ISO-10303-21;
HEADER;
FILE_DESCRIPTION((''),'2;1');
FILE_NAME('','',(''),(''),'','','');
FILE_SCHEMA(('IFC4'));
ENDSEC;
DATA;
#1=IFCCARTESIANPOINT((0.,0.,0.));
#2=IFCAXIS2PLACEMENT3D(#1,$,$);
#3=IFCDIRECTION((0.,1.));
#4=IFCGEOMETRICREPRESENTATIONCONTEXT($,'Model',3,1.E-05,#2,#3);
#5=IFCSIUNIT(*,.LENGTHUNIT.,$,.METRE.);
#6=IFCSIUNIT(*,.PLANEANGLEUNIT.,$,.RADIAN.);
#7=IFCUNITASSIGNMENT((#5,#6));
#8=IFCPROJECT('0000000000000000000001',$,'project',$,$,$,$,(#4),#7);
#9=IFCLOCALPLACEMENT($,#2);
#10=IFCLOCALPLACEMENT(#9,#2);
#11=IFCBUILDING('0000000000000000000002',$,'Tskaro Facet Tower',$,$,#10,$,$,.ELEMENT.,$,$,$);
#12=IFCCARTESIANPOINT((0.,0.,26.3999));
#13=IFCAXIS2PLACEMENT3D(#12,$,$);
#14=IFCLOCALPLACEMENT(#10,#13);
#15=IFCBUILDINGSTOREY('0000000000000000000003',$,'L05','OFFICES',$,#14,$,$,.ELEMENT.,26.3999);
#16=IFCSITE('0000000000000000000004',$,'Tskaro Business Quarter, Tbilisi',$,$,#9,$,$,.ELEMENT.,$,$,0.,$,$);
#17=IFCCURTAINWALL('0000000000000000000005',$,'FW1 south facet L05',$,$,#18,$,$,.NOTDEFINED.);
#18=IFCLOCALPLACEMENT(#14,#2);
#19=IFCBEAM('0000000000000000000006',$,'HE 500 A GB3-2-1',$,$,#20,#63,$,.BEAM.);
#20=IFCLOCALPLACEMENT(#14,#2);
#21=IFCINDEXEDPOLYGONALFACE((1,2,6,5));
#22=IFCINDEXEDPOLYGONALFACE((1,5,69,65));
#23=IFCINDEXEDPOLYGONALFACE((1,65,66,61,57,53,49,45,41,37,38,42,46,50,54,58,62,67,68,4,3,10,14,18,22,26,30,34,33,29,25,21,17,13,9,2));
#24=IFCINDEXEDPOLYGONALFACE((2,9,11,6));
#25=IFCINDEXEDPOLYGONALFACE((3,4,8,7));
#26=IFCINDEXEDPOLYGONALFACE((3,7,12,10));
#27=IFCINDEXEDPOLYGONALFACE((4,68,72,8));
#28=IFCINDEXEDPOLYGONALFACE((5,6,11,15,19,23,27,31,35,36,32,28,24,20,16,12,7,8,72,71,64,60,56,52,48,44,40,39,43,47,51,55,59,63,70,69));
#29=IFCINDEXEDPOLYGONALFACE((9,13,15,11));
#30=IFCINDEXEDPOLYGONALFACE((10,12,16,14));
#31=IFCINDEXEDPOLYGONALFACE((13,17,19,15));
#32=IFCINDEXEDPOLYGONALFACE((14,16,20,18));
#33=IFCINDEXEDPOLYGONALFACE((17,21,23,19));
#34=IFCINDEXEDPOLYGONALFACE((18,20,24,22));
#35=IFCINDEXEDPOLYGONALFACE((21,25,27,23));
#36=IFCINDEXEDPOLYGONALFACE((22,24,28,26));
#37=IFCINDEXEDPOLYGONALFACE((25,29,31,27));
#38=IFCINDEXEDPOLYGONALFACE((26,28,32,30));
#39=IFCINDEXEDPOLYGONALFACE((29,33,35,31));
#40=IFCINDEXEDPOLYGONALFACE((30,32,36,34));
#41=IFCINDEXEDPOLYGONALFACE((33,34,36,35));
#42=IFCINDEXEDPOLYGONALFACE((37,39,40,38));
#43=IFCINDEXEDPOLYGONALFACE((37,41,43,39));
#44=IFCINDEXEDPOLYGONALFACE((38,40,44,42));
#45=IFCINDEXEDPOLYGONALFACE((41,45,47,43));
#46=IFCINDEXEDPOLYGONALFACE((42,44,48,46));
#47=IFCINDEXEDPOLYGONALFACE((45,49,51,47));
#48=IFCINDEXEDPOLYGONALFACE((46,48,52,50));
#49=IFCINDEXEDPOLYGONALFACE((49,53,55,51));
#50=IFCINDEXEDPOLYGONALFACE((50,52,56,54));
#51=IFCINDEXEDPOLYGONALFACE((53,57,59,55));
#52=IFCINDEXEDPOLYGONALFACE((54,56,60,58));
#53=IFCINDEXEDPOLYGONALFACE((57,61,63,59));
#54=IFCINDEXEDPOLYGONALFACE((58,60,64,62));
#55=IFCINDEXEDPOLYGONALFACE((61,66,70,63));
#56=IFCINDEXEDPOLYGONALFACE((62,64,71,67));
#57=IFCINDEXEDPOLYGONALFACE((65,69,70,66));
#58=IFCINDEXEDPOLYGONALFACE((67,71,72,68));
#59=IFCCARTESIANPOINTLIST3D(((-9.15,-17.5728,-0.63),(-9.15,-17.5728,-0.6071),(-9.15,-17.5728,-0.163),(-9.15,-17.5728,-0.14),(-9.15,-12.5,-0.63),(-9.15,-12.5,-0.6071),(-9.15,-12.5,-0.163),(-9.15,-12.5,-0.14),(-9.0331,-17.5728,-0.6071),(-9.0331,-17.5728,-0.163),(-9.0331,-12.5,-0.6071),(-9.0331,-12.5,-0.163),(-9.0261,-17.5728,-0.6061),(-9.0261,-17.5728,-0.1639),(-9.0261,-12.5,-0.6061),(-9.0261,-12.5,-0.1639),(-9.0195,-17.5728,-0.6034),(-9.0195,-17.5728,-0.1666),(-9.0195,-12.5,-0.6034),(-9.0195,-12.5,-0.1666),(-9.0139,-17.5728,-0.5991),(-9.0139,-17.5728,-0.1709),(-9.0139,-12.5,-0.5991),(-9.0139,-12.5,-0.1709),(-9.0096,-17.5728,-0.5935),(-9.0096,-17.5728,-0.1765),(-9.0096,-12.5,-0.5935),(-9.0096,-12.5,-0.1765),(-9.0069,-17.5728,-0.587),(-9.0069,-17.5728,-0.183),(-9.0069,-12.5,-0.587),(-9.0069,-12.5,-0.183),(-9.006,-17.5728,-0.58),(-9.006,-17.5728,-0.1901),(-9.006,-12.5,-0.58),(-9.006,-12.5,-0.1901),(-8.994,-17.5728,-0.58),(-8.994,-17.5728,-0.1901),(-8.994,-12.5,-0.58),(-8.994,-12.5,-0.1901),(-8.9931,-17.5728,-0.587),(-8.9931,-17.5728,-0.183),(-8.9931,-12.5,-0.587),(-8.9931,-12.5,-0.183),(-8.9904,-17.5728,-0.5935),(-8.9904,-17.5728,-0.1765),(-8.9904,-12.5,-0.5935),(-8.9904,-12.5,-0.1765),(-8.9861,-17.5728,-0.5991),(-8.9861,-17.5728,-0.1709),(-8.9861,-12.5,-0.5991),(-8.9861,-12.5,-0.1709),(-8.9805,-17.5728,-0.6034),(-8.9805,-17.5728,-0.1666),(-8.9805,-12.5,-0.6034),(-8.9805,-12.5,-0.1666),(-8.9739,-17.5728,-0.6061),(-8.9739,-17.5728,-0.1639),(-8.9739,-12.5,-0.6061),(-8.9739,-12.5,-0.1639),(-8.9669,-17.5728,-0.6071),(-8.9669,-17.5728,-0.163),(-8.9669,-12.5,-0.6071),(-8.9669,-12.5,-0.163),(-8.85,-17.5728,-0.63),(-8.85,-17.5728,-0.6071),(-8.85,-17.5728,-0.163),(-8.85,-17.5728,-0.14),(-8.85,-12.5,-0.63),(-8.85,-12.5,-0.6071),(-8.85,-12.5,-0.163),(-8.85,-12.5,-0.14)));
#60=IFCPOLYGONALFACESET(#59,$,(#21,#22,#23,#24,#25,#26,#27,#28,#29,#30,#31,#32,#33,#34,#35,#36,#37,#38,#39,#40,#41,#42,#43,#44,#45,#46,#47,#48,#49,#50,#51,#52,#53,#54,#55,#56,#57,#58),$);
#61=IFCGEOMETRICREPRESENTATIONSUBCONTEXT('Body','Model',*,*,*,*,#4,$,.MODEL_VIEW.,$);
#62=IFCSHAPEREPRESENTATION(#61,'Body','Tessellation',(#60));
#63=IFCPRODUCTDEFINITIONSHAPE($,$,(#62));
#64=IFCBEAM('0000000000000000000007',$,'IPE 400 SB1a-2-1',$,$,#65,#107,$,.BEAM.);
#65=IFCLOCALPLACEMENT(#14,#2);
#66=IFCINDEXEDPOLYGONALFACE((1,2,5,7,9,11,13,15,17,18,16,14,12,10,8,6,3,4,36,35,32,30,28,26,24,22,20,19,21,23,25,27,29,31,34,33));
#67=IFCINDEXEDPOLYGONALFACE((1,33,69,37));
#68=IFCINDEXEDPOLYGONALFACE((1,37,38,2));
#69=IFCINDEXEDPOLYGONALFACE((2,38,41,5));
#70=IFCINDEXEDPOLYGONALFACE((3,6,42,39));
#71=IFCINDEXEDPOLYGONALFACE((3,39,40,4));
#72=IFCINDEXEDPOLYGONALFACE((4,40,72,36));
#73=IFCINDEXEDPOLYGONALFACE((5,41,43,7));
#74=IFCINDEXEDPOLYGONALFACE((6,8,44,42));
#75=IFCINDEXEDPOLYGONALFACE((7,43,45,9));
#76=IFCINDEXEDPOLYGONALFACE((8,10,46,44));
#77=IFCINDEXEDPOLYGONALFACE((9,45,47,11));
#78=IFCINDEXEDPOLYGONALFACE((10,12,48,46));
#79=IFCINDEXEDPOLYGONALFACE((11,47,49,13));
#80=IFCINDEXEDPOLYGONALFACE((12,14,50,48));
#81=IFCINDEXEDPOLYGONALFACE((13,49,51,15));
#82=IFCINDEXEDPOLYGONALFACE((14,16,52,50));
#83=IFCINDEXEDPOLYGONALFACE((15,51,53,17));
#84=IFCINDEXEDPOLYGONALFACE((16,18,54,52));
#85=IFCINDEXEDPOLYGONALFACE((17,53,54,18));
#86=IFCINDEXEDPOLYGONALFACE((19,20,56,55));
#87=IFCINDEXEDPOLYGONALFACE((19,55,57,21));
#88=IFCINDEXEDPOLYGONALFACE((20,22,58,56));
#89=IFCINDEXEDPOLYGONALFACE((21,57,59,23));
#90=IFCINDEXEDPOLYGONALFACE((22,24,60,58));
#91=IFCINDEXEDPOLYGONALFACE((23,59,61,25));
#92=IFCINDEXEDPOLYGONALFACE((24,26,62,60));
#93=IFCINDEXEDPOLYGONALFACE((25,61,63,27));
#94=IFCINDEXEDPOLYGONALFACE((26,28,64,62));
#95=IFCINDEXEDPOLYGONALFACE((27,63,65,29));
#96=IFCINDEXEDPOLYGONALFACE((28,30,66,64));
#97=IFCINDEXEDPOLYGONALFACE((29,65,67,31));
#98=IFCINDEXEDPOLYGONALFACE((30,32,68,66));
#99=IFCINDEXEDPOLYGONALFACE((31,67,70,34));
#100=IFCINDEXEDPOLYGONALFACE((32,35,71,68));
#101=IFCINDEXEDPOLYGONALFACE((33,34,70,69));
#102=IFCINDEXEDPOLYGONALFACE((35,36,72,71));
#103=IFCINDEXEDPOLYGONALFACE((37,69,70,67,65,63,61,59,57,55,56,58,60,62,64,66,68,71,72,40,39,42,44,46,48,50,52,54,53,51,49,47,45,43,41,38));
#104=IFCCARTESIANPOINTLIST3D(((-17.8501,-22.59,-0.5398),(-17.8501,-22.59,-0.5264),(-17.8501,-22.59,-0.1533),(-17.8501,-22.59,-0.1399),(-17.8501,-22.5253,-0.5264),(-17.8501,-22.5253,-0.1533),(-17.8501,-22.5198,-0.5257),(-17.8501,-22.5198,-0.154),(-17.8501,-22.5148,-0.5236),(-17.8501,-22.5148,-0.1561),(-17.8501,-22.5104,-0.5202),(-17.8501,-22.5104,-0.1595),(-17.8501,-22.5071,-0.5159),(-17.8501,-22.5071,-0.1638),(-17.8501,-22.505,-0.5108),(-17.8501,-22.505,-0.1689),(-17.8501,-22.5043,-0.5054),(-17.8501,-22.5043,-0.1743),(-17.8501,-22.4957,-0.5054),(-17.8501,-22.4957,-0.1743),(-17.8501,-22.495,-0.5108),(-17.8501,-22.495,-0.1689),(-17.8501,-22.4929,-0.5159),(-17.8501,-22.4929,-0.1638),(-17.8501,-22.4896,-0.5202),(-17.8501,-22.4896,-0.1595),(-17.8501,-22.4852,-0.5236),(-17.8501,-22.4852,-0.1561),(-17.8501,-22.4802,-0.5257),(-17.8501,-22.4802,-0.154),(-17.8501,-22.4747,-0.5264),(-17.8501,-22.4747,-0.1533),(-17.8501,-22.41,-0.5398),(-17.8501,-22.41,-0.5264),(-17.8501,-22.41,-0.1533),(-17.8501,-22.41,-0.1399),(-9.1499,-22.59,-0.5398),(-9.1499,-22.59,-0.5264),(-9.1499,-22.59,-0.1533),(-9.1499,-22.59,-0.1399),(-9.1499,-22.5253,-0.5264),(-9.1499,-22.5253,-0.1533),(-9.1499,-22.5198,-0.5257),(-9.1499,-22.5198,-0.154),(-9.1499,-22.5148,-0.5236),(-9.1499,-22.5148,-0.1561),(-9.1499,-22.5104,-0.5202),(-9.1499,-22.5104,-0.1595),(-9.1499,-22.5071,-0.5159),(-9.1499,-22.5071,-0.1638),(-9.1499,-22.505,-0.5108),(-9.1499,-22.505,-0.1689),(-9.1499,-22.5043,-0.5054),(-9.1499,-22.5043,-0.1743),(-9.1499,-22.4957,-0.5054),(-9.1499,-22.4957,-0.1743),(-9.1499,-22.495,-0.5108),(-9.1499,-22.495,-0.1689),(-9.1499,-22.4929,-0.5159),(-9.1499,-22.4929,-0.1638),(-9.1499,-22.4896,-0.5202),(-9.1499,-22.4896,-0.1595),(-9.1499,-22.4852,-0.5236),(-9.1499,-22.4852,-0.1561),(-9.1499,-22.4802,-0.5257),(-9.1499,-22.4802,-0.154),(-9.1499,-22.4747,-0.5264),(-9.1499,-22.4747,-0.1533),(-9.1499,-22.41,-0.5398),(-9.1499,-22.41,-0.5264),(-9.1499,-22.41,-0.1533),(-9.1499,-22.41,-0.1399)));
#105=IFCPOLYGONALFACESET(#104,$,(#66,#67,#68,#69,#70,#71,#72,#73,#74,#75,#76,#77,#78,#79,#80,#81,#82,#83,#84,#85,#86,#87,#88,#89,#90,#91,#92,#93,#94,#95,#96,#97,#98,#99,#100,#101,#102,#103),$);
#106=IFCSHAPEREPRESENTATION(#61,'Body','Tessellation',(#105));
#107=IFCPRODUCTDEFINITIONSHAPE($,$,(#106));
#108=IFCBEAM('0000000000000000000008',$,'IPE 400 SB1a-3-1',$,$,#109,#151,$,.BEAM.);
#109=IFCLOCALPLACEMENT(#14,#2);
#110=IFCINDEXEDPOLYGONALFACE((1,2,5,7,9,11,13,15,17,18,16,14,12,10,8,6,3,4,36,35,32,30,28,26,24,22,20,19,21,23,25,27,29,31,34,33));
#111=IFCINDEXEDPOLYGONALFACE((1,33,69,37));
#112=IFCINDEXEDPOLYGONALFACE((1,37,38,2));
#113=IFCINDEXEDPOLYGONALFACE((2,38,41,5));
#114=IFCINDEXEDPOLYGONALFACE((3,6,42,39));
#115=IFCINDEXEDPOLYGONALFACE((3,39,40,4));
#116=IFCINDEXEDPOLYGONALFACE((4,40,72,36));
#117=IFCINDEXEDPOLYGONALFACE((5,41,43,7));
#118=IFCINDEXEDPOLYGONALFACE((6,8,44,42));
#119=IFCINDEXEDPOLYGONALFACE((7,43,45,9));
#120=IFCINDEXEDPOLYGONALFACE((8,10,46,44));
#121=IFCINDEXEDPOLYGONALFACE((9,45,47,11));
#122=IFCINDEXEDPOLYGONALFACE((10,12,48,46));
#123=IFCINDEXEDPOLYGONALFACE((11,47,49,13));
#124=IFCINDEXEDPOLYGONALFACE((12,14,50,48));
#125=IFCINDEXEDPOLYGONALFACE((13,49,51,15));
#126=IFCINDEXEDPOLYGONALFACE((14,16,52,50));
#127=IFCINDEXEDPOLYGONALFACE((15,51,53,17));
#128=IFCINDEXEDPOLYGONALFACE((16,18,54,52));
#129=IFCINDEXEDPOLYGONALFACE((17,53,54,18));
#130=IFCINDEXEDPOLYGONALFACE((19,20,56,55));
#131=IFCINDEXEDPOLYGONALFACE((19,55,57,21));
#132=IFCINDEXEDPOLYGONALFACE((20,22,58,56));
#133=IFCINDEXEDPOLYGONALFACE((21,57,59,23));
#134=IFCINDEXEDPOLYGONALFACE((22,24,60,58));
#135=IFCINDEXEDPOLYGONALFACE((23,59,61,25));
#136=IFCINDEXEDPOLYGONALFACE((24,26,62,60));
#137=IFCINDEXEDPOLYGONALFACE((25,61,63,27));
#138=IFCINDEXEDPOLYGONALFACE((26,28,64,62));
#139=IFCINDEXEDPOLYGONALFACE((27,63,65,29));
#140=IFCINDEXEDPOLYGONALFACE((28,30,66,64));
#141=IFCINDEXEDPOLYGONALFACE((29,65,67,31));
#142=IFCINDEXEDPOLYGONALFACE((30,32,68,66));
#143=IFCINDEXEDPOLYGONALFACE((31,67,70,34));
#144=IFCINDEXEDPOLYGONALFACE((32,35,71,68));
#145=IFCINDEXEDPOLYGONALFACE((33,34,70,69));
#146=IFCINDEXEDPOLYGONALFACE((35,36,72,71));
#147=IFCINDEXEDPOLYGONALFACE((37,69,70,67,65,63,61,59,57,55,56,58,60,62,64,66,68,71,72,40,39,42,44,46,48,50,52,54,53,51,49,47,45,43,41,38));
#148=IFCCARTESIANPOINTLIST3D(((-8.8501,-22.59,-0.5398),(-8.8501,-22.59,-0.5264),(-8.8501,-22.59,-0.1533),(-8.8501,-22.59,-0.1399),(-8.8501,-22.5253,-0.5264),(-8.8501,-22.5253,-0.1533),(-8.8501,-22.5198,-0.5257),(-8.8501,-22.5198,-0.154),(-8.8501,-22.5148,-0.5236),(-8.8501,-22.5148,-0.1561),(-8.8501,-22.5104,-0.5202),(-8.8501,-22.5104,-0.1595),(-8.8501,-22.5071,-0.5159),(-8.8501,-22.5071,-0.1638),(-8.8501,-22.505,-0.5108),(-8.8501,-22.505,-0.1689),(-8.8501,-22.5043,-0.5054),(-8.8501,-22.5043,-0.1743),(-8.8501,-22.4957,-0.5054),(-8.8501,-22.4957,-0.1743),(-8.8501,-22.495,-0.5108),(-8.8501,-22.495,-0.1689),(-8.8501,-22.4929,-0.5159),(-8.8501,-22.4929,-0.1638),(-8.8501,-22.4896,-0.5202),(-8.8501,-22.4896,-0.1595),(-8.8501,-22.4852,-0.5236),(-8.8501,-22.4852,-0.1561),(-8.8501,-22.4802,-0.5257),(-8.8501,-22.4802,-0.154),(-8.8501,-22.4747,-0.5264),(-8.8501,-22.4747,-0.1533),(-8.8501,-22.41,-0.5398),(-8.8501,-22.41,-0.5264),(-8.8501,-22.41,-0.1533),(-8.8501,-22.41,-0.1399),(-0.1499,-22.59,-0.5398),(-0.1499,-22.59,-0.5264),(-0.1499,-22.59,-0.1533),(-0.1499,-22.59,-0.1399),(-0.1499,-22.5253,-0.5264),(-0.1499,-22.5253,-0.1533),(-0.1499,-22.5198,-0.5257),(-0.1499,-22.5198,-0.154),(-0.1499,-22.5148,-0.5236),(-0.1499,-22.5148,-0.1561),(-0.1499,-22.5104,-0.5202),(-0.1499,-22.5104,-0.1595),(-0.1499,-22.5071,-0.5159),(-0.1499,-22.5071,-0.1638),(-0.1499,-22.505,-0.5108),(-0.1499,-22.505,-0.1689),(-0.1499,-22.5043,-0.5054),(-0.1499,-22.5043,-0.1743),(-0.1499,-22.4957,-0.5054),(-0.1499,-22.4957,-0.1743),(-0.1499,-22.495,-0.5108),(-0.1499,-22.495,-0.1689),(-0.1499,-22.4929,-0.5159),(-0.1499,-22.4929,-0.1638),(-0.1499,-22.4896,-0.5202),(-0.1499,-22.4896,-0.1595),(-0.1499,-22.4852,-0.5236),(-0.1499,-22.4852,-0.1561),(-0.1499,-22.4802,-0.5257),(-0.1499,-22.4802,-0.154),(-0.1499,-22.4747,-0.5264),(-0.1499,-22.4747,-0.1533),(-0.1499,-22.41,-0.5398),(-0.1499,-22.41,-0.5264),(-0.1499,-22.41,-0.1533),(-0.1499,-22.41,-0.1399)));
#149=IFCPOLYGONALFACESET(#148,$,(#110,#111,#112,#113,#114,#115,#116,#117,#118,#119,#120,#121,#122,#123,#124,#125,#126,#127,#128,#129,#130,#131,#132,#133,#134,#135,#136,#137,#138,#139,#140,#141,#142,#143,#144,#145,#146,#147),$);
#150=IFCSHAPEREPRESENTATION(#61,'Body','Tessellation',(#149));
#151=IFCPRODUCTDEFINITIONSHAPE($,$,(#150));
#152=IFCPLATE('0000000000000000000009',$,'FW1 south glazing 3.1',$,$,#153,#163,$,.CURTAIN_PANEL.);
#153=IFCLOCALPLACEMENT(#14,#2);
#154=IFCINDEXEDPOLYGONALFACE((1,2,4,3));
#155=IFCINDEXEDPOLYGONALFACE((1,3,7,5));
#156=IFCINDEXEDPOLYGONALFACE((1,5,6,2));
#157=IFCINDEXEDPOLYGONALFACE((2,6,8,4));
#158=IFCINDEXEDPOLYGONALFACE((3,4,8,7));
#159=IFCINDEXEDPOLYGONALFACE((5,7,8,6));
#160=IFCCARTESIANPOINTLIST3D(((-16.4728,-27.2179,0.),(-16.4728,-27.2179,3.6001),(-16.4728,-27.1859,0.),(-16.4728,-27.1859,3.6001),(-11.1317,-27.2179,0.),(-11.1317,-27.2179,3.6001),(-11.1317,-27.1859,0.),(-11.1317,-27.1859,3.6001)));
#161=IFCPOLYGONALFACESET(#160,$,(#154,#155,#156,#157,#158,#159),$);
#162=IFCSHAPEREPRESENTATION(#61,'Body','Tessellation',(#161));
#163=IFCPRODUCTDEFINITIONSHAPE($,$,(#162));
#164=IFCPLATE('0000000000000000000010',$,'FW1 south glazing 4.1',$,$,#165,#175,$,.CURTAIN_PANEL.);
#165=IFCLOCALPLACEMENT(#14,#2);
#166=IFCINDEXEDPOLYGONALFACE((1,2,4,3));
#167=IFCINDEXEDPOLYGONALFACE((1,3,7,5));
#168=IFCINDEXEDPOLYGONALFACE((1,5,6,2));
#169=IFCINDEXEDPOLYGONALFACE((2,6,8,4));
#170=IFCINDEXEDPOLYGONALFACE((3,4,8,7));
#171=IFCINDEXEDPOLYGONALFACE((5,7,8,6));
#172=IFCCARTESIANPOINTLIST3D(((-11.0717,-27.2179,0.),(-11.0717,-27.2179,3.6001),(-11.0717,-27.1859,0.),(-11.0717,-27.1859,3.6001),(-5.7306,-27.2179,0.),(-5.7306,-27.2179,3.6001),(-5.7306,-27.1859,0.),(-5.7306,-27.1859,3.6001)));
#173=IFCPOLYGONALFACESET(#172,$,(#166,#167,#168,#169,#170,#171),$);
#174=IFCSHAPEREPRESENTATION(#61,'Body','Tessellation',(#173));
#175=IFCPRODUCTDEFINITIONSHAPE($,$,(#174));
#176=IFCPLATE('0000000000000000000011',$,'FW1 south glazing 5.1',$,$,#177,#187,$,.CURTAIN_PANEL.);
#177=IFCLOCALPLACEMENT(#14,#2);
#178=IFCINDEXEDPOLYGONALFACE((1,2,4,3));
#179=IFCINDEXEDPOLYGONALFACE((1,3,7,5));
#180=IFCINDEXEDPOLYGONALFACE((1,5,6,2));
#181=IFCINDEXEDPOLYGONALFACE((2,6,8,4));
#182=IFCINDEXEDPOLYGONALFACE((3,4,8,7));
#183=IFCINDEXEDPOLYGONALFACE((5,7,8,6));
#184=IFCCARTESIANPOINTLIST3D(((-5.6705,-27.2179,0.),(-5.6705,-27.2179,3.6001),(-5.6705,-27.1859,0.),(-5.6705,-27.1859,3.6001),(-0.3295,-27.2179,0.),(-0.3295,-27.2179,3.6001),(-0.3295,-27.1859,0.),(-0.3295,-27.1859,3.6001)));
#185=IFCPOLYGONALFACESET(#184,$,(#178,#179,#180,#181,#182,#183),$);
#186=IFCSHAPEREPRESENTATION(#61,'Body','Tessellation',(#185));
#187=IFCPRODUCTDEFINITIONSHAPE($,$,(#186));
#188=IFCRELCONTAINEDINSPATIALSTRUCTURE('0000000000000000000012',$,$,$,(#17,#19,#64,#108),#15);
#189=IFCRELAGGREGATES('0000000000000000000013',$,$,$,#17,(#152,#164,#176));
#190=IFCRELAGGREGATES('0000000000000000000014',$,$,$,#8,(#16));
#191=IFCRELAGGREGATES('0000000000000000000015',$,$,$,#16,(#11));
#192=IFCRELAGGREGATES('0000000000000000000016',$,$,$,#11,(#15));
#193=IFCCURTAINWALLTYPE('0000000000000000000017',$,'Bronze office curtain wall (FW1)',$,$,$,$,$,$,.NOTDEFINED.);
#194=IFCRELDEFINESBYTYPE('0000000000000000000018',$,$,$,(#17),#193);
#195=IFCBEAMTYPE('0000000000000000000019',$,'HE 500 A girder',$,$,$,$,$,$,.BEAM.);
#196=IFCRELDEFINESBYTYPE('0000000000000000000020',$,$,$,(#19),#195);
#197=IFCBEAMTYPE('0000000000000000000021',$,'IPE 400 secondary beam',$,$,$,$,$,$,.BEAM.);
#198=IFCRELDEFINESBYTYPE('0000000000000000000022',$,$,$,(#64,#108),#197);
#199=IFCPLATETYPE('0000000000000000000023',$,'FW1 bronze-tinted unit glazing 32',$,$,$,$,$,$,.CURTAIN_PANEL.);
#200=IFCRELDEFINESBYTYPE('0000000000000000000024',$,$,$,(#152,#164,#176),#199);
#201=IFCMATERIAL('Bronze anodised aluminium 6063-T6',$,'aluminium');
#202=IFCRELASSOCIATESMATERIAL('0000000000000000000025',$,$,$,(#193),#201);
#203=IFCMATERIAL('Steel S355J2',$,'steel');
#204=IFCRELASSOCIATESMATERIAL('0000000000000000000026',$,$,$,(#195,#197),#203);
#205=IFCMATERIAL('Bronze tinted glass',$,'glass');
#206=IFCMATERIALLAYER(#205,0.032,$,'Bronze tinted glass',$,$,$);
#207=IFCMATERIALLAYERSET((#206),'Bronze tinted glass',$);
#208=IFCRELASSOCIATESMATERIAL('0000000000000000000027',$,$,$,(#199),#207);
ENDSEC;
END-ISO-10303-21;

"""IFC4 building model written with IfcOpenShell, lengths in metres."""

from ifc_helpers import new_model, si_unit, direction, frame, origin, origin_2d, place, context, subcontext, project, spatial, rectangle, i_section, extrude, material, layer, layer_set, material_profile, profile_set, type_object, element, aggregate, save


model = new_model("IFC4")

# Units and contexts
model_context = context("Model", 3, precision=1e-05, world=origin(), true_north=direction((0.0, 1.0)))
body_context = subcontext(model_context, "Body", "Model", "MODEL_VIEW")
ifc_project = project(units=[si_unit("LENGTHUNIT", "METRE"), si_unit("PLANEANGLEUNIT", "RADIAN")], contexts=[model_context])

# Site, building, storey
site_placement = place(None, origin())
site = spatial("IfcSite", under=ifc_project, at=site_placement, Name="Tskaro Business Quarter, Tbilisi", CompositionType="ELEMENT", RefElevation=0.0)
building_placement = place(site_placement, origin())
building = spatial("IfcBuilding", under=site, at=building_placement, Name="Tskaro Facet Tower", CompositionType="ELEMENT")
storey_placement = place(building_placement, frame((0.0, 0.0, 26.3999)))
storey = spatial("IfcBuildingStorey", under=building, at=storey_placement, Name="L05", Description="OFFICES", CompositionType="ELEMENT", Elevation=26.3999)

# Curtain wall
ifc_material_1 = material(Name="Bronze anodised aluminium 6063-T6", Category="aluminium")
curtain_wall_type = type_object("IfcCurtainWallType", Name="Bronze office curtain wall (FW1)", PredefinedType="NOTDEFINED", material=ifc_material_1)
curtain_wall_placement = place(storey_placement, origin())
curtain_wall = element("IfcCurtainWall", 1, at=curtain_wall_placement, inside=storey, type_object=curtain_wall_type, Name="FW1 south facet L05", PredefinedType="NOTDEFINED")

# Beams
ifc_material_2 = material(Name="Steel S355J2", Category="steel")
ifc_material_profile_1 = material_profile(ifc_material_2, i_section(OverallWidth=0.3, OverallDepth=0.49, WebThickness=0.012, FlangeThickness=0.0229, FilletRadius=0.0271, at=origin_2d()), Name="HE 500 A")
ifc_profile_set_1 = profile_set([ifc_material_profile_1], Name="Steel S355J2")
beam_type_1 = type_object("IfcBeamType", Name="HE 500 A girder", PredefinedType="BEAM", material=ifc_profile_set_1)
beam_1_placement = place(storey_placement, frame((-9.0, -17.5728, -0.385), z_axis=(0.0, 1.0, 0.0), x_axis=(-1.0, 0.0, 0.0)))
element("IfcBeam", 2, at=beam_1_placement, inside=storey, type_object=beam_type_1, Name="HE 500 A GB3-2-1", PredefinedType="BEAM", context=body_context, shape_type="SweptSolid", body=[
    extrude(i_section(OverallWidth=0.3, OverallDepth=0.49, WebThickness=0.012, FlangeThickness=0.0229, FilletRadius=0.0271, at=origin_2d()), origin(), (0.0, 0.0, 1.0), 5.0728),
])
ifc_material_profile_2 = material_profile(ifc_material_2, i_section(OverallWidth=0.1799, OverallDepth=0.3999, WebThickness=0.0085, FlangeThickness=0.0134, FilletRadius=0.021, at=origin_2d()), Name="IPE 400")
ifc_profile_set_2 = profile_set([ifc_material_profile_2], Name="Steel S355J2")
beam_type_2 = type_object("IfcBeamType", Name="IPE 400 secondary beam", PredefinedType="BEAM", material=ifc_profile_set_2)
for number, where, z_axis, x_axis, name in (
    (3, (-17.8501, -22.5, -0.3398), (1.0, 0.0, 0.0), (0.0, 1.0, 0.0), "IPE 400 SB1a-2-1"),
    (4, (-8.8501, -22.5, -0.3398), (1.0, 0.0, 0.0), (0.0, 1.0, 0.0), "IPE 400 SB1a-3-1"),
):
    element("IfcBeam", number, at=place(storey_placement, frame(where, z_axis=z_axis, x_axis=x_axis)), inside=storey, type_object=beam_type_2, Name=name, PredefinedType="BEAM", context=body_context, shape_type="SweptSolid", body=[
        extrude(i_section(OverallWidth=0.1799, OverallDepth=0.3999, WebThickness=0.0085, FlangeThickness=0.0134, FilletRadius=0.021, at=origin_2d()), origin(), (0.0, 0.0, 1.0), 8.7002),
    ])

# Plates
ifc_material_3 = material(Name="Bronze tinted glass", Category="glass")
ifc_layer_1 = layer(ifc_material_3, 0.032, Name="Bronze tinted glass")
ifc_layer_set_1 = layer_set([ifc_layer_1], Name="Bronze tinted glass")
plate_type = type_object("IfcPlateType", Name="FW1 bronze-tinted unit glazing 32", PredefinedType="CURTAIN_PANEL", material=ifc_layer_set_1)
plate_1_placement = place(storey_placement, frame((-13.8022, -27.2019, 0.0), z_axis=(0.0, 0.0, 1.0), x_axis=(1.0, 0.0, 0.0)))
plate_1 = element("IfcPlate", 5, at=plate_1_placement, type_object=plate_type, Name="FW1 south glazing 3.1", PredefinedType="CURTAIN_PANEL", context=body_context, shape_type="SweptSolid", body=[
    extrude(rectangle(XDim=5.3411, YDim=0.032, at=origin_2d()), origin(), (0.0, 0.0, 1.0), 3.6001),
])
plate_2_placement = place(storey_placement, frame((-8.4011, -27.2019, 0.0), z_axis=(0.0, 0.0, 1.0), x_axis=(1.0, 0.0, 0.0)))
plate_2 = element("IfcPlate", 6, at=plate_2_placement, type_object=plate_type, Name="FW1 south glazing 4.1", PredefinedType="CURTAIN_PANEL", context=body_context, shape_type="SweptSolid", body=[
    extrude(rectangle(XDim=5.3411, YDim=0.032, at=origin_2d()), origin(), (0.0, 0.0, 1.0), 3.6001),
])
plate_3_placement = place(storey_placement, frame((-3.0, -27.2019, 0.0), z_axis=(0.0, 0.0, 1.0), x_axis=(1.0, 0.0, 0.0)))
plate_3 = element("IfcPlate", 7, at=plate_3_placement, type_object=plate_type, Name="FW1 south glazing 5.1", PredefinedType="CURTAIN_PANEL", context=body_context, shape_type="SweptSolid", body=[
    extrude(rectangle(XDim=5.3411, YDim=0.032, at=origin_2d()), origin(), (0.0, 0.0, 1.0), 3.6001),
])
aggregate(curtain_wall, [plate_1, plate_2, plate_3])

save(model, "model.ifc")
